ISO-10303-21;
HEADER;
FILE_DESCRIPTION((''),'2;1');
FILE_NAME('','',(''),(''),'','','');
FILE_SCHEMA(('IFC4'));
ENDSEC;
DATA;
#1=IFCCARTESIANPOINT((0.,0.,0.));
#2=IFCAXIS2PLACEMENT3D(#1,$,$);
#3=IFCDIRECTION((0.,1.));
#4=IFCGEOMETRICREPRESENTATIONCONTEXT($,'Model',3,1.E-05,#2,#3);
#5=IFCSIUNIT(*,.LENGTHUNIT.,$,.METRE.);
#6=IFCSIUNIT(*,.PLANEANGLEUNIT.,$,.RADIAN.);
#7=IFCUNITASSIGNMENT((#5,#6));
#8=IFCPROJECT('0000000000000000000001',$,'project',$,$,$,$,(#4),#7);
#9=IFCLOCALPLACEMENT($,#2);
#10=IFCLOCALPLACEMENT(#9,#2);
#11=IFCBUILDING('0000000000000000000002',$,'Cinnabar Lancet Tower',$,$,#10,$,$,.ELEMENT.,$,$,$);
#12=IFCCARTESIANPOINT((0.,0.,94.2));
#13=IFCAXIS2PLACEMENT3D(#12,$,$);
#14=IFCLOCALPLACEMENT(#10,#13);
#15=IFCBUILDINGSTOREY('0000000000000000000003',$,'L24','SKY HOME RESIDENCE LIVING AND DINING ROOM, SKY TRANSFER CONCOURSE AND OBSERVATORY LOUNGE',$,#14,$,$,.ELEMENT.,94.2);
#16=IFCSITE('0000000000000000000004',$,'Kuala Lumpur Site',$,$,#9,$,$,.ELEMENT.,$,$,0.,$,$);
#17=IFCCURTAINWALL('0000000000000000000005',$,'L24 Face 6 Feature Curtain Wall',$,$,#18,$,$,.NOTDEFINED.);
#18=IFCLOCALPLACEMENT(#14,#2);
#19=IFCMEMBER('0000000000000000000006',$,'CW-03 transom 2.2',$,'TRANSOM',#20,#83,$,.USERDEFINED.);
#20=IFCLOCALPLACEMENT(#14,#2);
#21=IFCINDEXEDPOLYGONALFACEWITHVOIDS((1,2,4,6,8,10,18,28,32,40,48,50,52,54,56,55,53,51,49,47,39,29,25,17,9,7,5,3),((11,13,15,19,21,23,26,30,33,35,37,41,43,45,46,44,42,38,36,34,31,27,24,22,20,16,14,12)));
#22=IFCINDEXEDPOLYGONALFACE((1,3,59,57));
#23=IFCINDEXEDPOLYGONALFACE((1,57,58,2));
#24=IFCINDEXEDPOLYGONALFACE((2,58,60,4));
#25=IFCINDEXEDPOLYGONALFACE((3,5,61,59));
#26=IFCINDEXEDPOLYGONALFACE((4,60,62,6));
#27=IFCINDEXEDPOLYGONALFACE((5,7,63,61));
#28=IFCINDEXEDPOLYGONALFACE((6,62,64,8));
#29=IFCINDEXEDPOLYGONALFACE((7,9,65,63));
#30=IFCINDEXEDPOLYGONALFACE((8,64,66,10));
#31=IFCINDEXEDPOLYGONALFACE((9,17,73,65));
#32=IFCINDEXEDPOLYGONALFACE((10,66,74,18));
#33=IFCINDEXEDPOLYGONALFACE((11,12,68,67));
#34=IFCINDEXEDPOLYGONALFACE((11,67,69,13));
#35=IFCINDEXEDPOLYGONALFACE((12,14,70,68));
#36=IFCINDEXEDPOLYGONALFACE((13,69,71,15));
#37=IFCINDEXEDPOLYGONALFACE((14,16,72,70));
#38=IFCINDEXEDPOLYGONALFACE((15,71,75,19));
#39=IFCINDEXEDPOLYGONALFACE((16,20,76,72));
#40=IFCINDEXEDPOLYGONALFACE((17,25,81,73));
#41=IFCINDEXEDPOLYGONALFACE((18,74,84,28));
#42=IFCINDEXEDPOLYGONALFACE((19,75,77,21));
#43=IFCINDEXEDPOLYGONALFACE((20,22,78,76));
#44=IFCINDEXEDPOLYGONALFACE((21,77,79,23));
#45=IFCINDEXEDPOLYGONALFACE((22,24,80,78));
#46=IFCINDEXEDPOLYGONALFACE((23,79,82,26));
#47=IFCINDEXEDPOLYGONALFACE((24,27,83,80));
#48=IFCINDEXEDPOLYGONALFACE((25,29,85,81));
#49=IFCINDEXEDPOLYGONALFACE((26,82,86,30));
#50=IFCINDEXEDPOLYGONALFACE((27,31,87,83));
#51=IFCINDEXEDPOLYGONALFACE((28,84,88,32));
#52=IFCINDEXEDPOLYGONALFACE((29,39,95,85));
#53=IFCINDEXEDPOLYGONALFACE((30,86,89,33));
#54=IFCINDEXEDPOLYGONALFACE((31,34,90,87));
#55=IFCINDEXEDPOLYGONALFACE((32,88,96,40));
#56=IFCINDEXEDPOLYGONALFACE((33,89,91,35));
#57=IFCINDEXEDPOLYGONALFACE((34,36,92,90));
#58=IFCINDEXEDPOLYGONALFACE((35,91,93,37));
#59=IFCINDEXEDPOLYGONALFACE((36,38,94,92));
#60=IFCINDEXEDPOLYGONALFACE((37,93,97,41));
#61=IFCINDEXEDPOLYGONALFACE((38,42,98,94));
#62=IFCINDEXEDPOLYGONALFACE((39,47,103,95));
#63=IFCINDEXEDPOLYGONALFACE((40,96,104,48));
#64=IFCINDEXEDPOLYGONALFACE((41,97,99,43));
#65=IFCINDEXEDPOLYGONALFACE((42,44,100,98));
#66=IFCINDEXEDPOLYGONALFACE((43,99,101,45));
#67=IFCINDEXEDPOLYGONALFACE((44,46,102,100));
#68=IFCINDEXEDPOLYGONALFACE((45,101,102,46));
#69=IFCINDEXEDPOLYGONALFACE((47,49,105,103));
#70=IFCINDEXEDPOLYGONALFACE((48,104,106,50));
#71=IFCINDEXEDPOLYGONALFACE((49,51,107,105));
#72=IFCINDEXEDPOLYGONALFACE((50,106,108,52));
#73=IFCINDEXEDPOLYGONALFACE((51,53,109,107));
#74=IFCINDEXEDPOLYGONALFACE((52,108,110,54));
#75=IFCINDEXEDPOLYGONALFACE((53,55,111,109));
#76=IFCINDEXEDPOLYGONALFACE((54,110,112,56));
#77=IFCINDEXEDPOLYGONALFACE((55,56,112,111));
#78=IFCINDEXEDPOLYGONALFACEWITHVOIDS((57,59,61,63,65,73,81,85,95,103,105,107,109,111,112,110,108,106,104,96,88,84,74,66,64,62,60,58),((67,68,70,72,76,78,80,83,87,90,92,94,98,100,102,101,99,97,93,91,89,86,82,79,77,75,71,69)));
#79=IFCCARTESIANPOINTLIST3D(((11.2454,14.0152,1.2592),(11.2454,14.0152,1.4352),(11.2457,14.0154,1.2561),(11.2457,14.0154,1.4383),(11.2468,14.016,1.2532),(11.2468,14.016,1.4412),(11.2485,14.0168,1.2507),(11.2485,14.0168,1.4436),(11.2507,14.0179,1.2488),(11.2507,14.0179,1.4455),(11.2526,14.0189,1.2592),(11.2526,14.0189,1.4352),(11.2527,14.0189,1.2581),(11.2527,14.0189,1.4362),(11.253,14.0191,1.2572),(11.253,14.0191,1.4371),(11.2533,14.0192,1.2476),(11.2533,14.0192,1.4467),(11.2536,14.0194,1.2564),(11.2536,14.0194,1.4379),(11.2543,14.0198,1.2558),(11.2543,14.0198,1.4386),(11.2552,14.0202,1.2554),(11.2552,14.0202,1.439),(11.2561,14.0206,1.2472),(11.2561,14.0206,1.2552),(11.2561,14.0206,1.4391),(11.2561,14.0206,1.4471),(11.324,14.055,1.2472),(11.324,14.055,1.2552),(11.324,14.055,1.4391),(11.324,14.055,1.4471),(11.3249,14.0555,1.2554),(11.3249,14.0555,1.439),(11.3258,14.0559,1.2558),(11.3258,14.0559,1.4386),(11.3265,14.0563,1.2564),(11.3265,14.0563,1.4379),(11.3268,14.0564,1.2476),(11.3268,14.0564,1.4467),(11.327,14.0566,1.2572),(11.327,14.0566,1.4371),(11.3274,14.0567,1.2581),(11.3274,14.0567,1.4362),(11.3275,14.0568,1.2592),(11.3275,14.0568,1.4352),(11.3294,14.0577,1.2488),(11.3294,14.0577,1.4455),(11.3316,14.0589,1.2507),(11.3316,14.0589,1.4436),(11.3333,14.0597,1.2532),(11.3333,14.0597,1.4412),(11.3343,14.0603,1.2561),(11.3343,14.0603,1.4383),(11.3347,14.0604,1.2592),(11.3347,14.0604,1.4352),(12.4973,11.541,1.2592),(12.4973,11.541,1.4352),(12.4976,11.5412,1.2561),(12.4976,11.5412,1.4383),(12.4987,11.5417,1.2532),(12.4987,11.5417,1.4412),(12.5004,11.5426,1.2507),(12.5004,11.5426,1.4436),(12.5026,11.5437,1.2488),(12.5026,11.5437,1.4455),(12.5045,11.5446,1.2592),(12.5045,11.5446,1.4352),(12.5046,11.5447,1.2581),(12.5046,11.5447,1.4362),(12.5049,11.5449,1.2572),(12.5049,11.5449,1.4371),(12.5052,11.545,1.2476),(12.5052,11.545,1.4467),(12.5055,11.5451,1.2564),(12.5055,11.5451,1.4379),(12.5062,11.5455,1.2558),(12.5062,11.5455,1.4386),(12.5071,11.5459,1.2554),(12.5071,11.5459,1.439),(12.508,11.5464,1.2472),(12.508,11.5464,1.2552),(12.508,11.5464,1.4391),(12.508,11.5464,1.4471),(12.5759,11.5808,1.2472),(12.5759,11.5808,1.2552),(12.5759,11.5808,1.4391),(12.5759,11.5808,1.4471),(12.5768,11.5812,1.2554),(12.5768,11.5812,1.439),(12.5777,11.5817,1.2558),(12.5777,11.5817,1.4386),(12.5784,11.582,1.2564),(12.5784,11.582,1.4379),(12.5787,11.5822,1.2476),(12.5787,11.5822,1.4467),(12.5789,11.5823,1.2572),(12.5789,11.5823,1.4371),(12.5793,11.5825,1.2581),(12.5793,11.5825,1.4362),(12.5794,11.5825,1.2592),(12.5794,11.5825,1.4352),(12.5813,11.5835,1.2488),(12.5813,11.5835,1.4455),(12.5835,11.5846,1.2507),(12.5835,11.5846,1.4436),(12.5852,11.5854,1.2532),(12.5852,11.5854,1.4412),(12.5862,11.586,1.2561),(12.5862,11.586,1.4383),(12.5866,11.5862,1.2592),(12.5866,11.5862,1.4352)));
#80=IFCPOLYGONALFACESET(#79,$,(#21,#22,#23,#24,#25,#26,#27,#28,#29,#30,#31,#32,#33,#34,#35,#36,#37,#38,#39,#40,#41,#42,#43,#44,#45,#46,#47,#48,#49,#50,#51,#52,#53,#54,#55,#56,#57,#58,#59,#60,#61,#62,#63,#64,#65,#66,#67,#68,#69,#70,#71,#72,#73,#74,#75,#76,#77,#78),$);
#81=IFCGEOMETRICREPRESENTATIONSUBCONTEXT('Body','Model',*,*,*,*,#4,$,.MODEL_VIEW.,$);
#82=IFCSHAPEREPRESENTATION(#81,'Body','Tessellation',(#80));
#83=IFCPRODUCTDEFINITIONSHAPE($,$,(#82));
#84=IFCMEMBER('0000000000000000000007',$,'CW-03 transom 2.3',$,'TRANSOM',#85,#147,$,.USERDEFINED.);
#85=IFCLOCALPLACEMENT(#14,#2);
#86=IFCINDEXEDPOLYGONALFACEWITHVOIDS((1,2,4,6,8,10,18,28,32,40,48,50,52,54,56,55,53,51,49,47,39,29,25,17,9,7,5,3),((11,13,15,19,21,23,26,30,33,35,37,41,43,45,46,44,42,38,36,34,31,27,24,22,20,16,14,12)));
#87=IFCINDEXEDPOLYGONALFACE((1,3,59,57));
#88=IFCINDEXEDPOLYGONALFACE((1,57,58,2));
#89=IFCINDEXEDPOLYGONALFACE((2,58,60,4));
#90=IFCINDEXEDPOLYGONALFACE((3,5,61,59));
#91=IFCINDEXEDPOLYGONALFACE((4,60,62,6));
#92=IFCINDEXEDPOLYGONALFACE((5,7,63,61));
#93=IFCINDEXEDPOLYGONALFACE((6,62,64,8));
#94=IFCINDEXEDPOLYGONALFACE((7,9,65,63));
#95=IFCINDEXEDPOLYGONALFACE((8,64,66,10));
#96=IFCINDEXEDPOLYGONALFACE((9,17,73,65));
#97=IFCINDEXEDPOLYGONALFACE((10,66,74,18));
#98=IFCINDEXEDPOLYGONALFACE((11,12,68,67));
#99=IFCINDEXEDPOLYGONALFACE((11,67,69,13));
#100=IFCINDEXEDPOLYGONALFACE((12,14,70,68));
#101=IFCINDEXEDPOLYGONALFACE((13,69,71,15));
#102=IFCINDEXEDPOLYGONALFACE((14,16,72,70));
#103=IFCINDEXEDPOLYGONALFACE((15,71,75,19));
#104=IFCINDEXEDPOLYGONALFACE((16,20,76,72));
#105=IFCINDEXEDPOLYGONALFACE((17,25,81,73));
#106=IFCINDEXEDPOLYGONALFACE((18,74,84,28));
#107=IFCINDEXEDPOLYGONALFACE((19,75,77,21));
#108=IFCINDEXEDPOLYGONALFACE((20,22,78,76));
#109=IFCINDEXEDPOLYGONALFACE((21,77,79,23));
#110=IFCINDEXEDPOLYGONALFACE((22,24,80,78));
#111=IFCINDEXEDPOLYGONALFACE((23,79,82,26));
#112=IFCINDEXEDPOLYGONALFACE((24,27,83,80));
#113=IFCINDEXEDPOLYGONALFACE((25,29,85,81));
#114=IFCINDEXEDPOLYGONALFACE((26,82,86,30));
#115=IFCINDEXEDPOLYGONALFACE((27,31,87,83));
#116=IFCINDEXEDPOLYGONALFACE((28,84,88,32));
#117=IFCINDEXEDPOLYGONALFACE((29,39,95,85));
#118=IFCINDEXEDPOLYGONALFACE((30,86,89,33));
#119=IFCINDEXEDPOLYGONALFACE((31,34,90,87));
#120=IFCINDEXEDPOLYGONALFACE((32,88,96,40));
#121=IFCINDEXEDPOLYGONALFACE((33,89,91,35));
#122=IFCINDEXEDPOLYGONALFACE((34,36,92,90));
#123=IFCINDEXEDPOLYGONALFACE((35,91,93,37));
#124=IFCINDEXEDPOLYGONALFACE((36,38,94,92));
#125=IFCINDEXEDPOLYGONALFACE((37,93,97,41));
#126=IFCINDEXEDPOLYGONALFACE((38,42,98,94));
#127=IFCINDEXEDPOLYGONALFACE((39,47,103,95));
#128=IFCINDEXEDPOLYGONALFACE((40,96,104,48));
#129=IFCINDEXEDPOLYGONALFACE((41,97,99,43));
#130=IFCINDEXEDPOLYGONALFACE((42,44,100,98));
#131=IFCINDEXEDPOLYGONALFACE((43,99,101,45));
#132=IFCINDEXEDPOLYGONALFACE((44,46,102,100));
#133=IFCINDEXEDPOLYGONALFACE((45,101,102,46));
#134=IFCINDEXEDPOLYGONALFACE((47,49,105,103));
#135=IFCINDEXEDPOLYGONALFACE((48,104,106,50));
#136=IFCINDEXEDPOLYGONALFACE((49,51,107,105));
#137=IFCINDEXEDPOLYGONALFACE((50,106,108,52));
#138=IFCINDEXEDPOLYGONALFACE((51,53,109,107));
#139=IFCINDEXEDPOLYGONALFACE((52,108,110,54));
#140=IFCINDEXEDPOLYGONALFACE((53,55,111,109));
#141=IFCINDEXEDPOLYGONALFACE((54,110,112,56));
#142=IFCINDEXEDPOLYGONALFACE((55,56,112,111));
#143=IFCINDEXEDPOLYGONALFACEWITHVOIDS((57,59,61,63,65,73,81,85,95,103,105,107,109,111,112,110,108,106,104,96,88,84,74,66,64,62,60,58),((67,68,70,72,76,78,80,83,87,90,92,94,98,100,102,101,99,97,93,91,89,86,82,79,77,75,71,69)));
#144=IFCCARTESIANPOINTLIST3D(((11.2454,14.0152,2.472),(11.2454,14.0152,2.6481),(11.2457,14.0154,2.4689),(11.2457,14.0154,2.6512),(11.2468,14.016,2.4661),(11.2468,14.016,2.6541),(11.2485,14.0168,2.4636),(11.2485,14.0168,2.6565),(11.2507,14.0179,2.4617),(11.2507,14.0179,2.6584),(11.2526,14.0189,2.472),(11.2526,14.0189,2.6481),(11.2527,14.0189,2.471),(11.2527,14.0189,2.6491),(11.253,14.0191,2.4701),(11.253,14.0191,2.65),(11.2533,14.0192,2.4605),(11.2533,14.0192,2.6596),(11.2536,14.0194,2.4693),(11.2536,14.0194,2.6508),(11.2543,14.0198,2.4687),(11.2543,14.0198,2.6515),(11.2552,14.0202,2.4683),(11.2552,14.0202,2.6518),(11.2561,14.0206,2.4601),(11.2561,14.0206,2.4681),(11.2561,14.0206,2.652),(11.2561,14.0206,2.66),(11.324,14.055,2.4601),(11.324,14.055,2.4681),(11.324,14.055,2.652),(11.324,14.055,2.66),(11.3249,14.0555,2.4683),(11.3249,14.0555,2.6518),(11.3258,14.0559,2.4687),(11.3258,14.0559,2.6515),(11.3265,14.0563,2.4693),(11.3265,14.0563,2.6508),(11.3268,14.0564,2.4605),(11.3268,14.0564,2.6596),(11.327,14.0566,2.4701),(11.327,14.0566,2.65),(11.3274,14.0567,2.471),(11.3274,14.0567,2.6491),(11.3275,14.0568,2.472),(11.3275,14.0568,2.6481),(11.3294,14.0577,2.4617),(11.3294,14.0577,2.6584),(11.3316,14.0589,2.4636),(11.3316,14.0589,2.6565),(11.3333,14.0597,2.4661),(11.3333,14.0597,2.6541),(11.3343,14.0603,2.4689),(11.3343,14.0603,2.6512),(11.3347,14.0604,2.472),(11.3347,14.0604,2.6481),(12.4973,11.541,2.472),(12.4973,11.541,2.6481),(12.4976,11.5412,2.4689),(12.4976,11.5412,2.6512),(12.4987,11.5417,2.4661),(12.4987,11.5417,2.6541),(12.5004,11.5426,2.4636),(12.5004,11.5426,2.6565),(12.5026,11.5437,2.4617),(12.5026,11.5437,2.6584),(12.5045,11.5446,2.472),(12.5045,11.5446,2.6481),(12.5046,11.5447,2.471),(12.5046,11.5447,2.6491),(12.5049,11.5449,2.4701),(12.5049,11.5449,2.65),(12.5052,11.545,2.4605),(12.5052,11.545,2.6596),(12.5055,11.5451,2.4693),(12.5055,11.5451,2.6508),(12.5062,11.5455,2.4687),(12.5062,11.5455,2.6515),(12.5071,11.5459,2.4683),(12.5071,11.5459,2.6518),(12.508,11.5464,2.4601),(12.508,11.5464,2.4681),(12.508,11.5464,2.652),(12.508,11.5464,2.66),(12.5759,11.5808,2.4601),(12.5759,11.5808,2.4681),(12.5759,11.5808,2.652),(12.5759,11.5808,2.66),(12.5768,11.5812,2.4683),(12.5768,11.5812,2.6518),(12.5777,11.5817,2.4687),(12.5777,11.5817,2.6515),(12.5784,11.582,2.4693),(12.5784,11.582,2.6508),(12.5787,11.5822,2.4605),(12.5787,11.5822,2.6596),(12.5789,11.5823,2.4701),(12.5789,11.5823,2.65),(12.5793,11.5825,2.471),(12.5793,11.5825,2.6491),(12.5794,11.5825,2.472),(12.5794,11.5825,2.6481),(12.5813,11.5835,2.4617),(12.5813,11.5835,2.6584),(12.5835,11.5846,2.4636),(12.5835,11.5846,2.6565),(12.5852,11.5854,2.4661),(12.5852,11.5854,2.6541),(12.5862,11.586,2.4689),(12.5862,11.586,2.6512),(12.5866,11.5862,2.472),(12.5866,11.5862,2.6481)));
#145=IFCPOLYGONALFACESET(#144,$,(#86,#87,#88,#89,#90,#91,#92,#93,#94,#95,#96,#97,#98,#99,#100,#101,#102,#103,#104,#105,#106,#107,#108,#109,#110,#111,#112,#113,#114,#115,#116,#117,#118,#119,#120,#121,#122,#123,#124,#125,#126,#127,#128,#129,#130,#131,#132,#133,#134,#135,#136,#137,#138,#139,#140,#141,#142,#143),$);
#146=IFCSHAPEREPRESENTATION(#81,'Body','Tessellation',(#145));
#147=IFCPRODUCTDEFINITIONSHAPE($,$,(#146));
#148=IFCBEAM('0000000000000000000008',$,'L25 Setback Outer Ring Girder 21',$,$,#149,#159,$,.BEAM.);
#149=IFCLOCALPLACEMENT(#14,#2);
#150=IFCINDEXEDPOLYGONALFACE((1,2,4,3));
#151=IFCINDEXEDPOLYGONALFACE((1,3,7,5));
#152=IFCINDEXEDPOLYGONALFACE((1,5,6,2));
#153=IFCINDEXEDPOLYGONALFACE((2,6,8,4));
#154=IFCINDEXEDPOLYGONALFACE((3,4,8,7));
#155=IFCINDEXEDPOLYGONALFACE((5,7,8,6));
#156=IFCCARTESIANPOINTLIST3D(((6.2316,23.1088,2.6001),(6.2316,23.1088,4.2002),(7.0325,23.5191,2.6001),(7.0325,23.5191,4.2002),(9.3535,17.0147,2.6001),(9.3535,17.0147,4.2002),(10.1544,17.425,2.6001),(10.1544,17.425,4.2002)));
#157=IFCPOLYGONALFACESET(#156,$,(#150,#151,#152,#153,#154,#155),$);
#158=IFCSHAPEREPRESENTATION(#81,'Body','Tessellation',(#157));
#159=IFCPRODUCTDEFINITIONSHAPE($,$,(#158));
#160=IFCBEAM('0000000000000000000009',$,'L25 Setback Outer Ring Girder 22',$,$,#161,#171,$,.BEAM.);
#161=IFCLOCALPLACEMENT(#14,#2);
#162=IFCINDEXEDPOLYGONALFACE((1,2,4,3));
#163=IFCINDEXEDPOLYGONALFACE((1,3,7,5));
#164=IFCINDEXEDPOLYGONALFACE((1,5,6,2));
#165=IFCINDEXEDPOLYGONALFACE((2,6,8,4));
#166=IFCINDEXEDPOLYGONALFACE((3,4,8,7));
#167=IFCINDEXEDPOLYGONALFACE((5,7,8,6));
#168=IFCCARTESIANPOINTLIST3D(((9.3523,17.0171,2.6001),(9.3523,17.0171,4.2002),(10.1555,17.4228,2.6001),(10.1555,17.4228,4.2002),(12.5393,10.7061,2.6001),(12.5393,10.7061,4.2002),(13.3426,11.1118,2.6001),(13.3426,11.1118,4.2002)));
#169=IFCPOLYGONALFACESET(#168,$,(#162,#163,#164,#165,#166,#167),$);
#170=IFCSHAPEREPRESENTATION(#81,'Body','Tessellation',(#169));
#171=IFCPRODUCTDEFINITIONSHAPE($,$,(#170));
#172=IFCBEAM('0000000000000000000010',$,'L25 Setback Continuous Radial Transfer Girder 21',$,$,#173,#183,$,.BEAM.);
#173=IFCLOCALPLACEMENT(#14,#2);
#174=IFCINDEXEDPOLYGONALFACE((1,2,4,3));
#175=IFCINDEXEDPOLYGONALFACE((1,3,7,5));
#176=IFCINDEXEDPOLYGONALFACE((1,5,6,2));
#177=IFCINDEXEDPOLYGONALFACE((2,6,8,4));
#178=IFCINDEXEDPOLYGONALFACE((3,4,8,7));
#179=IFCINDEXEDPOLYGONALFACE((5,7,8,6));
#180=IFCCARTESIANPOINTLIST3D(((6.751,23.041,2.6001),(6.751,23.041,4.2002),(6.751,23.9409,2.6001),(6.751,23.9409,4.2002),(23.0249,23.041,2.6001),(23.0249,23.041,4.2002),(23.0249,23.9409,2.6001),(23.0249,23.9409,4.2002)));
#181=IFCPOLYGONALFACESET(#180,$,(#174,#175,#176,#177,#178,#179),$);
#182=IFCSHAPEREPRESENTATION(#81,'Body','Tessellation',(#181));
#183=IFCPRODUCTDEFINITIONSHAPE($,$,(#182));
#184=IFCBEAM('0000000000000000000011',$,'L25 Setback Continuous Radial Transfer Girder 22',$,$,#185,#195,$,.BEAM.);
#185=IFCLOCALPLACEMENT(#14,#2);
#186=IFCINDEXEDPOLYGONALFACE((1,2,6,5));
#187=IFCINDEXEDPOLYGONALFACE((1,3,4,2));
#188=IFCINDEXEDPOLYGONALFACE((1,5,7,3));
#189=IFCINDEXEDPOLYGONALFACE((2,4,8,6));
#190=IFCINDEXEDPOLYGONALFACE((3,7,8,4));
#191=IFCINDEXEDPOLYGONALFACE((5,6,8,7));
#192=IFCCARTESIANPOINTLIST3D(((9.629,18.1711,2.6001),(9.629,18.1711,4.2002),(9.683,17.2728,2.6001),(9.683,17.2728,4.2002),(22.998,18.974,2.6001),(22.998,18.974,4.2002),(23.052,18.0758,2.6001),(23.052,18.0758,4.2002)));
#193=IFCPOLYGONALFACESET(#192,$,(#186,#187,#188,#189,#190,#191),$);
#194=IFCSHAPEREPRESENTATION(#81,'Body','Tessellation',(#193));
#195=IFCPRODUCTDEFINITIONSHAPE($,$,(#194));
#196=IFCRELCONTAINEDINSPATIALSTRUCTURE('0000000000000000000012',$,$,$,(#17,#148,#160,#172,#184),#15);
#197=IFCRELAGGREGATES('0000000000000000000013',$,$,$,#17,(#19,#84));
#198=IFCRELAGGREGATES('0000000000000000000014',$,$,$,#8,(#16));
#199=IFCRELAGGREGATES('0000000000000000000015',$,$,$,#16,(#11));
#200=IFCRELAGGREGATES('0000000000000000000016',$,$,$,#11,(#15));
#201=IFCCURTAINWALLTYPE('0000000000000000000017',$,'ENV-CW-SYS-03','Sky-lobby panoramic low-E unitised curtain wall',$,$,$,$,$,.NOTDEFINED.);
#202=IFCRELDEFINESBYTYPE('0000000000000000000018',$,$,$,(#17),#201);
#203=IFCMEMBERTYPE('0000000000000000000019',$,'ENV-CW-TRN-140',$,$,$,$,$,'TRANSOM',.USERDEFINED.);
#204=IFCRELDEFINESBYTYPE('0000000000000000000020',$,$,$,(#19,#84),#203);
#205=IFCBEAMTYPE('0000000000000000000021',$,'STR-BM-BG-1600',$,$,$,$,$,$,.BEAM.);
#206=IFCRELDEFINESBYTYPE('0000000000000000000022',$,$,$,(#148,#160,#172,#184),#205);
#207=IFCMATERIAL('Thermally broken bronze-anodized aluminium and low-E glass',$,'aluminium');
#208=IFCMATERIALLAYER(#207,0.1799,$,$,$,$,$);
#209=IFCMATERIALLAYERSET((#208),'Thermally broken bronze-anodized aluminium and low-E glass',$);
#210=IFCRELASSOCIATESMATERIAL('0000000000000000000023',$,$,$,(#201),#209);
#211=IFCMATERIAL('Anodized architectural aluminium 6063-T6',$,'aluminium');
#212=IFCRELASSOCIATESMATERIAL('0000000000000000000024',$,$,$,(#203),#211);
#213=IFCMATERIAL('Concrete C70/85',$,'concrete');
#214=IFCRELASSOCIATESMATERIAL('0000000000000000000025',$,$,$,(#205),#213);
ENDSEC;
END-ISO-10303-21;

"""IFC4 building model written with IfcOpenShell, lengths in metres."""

from ifc_helpers import new_model, si_unit, direction, frame, origin, origin_2d, place, context, subcontext, project, spatial, rectangle, hollow_rectangle, extrude, material, layer, layer_set, material_profile, profile_set, type_object, element, aggregate, save


model = new_model("IFC4")

# Units and contexts
model_context = context("Model", 3, precision=1e-05, world=origin(), true_north=direction((0.0, 1.0)))
body_context = subcontext(model_context, "Body", "Model", "MODEL_VIEW")
ifc_project = project(units=[si_unit("LENGTHUNIT", "METRE"), si_unit("PLANEANGLEUNIT", "RADIAN")], contexts=[model_context])

# Site, building, storey
site_placement = place(None, origin())
site = spatial("IfcSite", under=ifc_project, at=site_placement, Name="Kuala Lumpur Site", CompositionType="ELEMENT", RefElevation=0.0)
building_placement = place(site_placement, origin())
building = spatial("IfcBuilding", under=site, at=building_placement, Name="Cinnabar Lancet Tower", CompositionType="ELEMENT")
storey_placement = place(building_placement, frame((0.0, 0.0, 94.2)))
storey = spatial("IfcBuildingStorey", under=building, at=storey_placement, Name="L24", Description="SKY HOME RESIDENCE LIVING AND DINING ROOM, SKY TRANSFER CONCOURSE AND OBSERVATORY LOUNGE", CompositionType="ELEMENT", Elevation=94.2)

# Curtain wall, members
ifc_material_1 = material(Name="Thermally broken bronze-anodized aluminium and low-E glass", Category="aluminium")
ifc_layer_1 = layer(ifc_material_1, 0.1799)
ifc_layer_set_1 = layer_set([ifc_layer_1], Name="Thermally broken bronze-anodized aluminium and low-E glass")
curtain_wall_type = type_object("IfcCurtainWallType", Name="ENV-CW-SYS-03", Description="Sky-lobby panoramic low-E unitised curtain wall", PredefinedType="NOTDEFINED", material=ifc_layer_set_1)
curtain_wall_placement = place(storey_placement, origin())
curtain_wall = element("IfcCurtainWall", 1, at=curtain_wall_placement, inside=storey, type_object=curtain_wall_type, Name="L24 Face 6 Feature Curtain Wall", PredefinedType="NOTDEFINED")
ifc_material_2 = material(Name="Anodized architectural aluminium 6063-T6", Category="aluminium")
ifc_material_profile_1 = material_profile(ifc_material_2, hollow_rectangle(XDim=0.1001, YDim=0.2, WallThickness=0.0081, InnerFilletRadius=0.0039, OuterFilletRadius=0.012, at=origin_2d()), Name="RHS 200x100x8")
ifc_profile_set_1 = profile_set([ifc_material_profile_1], Name="Anodized architectural aluminium 6063-T6")
member_type_1 = type_object("IfcMemberType", Name="ENV-CW-TRN-140", ElementType="TRANSOM", PredefinedType="USERDEFINED", material=ifc_profile_set_1)
member_1_placement = place(storey_placement, frame((11.29, 14.0378, 1.3472), z_axis=(0.45147, -0.892286, 0.0), x_axis=(0.892286, 0.45147, 0.0)))
member_1 = element("IfcMember", 2, at=member_1_placement, type_object=member_type_1, Name="CW-03 transom 2.2", ObjectType="TRANSOM", PredefinedType="USERDEFINED", context=body_context, shape_type="SweptSolid", body=[
    extrude(hollow_rectangle(XDim=0.1001, YDim=0.2, WallThickness=0.0081, InnerFilletRadius=0.0039, OuterFilletRadius=0.012, at=origin_2d()), origin(), (0.0, 0.0, 1.0), 2.7729),
])
member_2_placement = place(storey_placement, frame((11.29, 14.0378, 2.5601), z_axis=(0.45147, -0.892286, 0.0), x_axis=(0.892286, 0.45147, 0.0)))
member_2 = element("IfcMember", 3, at=member_2_placement, type_object=member_type_1, Name="CW-03 transom 2.3", ObjectType="TRANSOM", PredefinedType="USERDEFINED", context=body_context, shape_type="SweptSolid", body=[
    extrude(hollow_rectangle(XDim=0.1001, YDim=0.2, WallThickness=0.0081, InnerFilletRadius=0.0039, OuterFilletRadius=0.012, at=origin_2d()), origin(), (0.0, 0.0, 1.0), 2.7729),
])

# Beams
ifc_material_3 = material(Name="Concrete C70/85", Category="concrete")
ifc_material_profile_2 = material_profile(ifc_material_3, rectangle(XDim=0.8999, YDim=1.6001, at=origin_2d()), Name="RC-BG 900x1600")
ifc_profile_set_2 = profile_set([ifc_material_profile_2], Name="Concrete C70/85")
beam_type_1 = type_object("IfcBeamType", Name="STR-BM-BG-1600", PredefinedType="BEAM", material=ifc_profile_set_2)
beam_1_placement = place(storey_placement, frame((6.6321, 23.314, 3.4001), z_axis=(0.455935, -0.890013, 0.0), x_axis=(0.890013, 0.455935, 0.0)))
element("IfcBeam", 4, at=beam_1_placement, inside=storey, type_object=beam_type_1, Name="L25 Setback Outer Ring Girder 21", PredefinedType="BEAM", context=body_context, shape_type="SweptSolid", body=[
    extrude(rectangle(XDim=0.8999, YDim=1.6001, at=origin_2d()), origin(), (0.0, 0.0, 1.0), 6.8472),
])
beam_2_placement = place(storey_placement, frame((9.7539, 17.22, 3.4001), z_axis=(0.450774, -0.892638, 0.0), x_axis=(0.892638, 0.450774, 0.0)))
element("IfcBeam", 5, at=beam_2_placement, inside=storey, type_object=beam_type_1, Name="L25 Setback Outer Ring Girder 22", PredefinedType="BEAM", context=body_context, shape_type="SweptSolid", body=[
    extrude(rectangle(XDim=0.8999, YDim=1.6001, at=origin_2d()), origin(), (0.0, 0.0, 1.0), 7.0701),
])
beam_3_placement = place(storey_placement, frame((6.751, 23.491, 3.4001), z_axis=(1.0, 0.0, 0.0), x_axis=(0.0, 1.0, 0.0)))
element("IfcBeam", 6, at=beam_3_placement, inside=storey, type_object=beam_type_1, Name="L25 Setback Continuous Radial Transfer Girder 21", PredefinedType="BEAM", context=body_context, shape_type="SweptSolid", body=[
    extrude(rectangle(XDim=0.8999, YDim=1.6001, at=origin_2d()), origin(), (0.0, 0.0, 1.0), 16.2739),
])
beam_4_placement = place(storey_placement, frame((9.656, 17.7219, 3.4001), z_axis=(0.998201, 0.059955, 0.0), x_axis=(-0.059955, 0.998201, 0.0)))
element("IfcBeam", 7, at=beam_4_placement, inside=storey, type_object=beam_type_1, Name="L25 Setback Continuous Radial Transfer Girder 22", PredefinedType="BEAM", context=body_context, shape_type="SweptSolid", body=[
    extrude(rectangle(XDim=0.8999, YDim=1.6001, at=origin_2d()), origin(), (0.0, 0.0, 1.0), 13.3931),
])

aggregate(curtain_wall, [member_1, member_2])

save(model, "model.ifc")
